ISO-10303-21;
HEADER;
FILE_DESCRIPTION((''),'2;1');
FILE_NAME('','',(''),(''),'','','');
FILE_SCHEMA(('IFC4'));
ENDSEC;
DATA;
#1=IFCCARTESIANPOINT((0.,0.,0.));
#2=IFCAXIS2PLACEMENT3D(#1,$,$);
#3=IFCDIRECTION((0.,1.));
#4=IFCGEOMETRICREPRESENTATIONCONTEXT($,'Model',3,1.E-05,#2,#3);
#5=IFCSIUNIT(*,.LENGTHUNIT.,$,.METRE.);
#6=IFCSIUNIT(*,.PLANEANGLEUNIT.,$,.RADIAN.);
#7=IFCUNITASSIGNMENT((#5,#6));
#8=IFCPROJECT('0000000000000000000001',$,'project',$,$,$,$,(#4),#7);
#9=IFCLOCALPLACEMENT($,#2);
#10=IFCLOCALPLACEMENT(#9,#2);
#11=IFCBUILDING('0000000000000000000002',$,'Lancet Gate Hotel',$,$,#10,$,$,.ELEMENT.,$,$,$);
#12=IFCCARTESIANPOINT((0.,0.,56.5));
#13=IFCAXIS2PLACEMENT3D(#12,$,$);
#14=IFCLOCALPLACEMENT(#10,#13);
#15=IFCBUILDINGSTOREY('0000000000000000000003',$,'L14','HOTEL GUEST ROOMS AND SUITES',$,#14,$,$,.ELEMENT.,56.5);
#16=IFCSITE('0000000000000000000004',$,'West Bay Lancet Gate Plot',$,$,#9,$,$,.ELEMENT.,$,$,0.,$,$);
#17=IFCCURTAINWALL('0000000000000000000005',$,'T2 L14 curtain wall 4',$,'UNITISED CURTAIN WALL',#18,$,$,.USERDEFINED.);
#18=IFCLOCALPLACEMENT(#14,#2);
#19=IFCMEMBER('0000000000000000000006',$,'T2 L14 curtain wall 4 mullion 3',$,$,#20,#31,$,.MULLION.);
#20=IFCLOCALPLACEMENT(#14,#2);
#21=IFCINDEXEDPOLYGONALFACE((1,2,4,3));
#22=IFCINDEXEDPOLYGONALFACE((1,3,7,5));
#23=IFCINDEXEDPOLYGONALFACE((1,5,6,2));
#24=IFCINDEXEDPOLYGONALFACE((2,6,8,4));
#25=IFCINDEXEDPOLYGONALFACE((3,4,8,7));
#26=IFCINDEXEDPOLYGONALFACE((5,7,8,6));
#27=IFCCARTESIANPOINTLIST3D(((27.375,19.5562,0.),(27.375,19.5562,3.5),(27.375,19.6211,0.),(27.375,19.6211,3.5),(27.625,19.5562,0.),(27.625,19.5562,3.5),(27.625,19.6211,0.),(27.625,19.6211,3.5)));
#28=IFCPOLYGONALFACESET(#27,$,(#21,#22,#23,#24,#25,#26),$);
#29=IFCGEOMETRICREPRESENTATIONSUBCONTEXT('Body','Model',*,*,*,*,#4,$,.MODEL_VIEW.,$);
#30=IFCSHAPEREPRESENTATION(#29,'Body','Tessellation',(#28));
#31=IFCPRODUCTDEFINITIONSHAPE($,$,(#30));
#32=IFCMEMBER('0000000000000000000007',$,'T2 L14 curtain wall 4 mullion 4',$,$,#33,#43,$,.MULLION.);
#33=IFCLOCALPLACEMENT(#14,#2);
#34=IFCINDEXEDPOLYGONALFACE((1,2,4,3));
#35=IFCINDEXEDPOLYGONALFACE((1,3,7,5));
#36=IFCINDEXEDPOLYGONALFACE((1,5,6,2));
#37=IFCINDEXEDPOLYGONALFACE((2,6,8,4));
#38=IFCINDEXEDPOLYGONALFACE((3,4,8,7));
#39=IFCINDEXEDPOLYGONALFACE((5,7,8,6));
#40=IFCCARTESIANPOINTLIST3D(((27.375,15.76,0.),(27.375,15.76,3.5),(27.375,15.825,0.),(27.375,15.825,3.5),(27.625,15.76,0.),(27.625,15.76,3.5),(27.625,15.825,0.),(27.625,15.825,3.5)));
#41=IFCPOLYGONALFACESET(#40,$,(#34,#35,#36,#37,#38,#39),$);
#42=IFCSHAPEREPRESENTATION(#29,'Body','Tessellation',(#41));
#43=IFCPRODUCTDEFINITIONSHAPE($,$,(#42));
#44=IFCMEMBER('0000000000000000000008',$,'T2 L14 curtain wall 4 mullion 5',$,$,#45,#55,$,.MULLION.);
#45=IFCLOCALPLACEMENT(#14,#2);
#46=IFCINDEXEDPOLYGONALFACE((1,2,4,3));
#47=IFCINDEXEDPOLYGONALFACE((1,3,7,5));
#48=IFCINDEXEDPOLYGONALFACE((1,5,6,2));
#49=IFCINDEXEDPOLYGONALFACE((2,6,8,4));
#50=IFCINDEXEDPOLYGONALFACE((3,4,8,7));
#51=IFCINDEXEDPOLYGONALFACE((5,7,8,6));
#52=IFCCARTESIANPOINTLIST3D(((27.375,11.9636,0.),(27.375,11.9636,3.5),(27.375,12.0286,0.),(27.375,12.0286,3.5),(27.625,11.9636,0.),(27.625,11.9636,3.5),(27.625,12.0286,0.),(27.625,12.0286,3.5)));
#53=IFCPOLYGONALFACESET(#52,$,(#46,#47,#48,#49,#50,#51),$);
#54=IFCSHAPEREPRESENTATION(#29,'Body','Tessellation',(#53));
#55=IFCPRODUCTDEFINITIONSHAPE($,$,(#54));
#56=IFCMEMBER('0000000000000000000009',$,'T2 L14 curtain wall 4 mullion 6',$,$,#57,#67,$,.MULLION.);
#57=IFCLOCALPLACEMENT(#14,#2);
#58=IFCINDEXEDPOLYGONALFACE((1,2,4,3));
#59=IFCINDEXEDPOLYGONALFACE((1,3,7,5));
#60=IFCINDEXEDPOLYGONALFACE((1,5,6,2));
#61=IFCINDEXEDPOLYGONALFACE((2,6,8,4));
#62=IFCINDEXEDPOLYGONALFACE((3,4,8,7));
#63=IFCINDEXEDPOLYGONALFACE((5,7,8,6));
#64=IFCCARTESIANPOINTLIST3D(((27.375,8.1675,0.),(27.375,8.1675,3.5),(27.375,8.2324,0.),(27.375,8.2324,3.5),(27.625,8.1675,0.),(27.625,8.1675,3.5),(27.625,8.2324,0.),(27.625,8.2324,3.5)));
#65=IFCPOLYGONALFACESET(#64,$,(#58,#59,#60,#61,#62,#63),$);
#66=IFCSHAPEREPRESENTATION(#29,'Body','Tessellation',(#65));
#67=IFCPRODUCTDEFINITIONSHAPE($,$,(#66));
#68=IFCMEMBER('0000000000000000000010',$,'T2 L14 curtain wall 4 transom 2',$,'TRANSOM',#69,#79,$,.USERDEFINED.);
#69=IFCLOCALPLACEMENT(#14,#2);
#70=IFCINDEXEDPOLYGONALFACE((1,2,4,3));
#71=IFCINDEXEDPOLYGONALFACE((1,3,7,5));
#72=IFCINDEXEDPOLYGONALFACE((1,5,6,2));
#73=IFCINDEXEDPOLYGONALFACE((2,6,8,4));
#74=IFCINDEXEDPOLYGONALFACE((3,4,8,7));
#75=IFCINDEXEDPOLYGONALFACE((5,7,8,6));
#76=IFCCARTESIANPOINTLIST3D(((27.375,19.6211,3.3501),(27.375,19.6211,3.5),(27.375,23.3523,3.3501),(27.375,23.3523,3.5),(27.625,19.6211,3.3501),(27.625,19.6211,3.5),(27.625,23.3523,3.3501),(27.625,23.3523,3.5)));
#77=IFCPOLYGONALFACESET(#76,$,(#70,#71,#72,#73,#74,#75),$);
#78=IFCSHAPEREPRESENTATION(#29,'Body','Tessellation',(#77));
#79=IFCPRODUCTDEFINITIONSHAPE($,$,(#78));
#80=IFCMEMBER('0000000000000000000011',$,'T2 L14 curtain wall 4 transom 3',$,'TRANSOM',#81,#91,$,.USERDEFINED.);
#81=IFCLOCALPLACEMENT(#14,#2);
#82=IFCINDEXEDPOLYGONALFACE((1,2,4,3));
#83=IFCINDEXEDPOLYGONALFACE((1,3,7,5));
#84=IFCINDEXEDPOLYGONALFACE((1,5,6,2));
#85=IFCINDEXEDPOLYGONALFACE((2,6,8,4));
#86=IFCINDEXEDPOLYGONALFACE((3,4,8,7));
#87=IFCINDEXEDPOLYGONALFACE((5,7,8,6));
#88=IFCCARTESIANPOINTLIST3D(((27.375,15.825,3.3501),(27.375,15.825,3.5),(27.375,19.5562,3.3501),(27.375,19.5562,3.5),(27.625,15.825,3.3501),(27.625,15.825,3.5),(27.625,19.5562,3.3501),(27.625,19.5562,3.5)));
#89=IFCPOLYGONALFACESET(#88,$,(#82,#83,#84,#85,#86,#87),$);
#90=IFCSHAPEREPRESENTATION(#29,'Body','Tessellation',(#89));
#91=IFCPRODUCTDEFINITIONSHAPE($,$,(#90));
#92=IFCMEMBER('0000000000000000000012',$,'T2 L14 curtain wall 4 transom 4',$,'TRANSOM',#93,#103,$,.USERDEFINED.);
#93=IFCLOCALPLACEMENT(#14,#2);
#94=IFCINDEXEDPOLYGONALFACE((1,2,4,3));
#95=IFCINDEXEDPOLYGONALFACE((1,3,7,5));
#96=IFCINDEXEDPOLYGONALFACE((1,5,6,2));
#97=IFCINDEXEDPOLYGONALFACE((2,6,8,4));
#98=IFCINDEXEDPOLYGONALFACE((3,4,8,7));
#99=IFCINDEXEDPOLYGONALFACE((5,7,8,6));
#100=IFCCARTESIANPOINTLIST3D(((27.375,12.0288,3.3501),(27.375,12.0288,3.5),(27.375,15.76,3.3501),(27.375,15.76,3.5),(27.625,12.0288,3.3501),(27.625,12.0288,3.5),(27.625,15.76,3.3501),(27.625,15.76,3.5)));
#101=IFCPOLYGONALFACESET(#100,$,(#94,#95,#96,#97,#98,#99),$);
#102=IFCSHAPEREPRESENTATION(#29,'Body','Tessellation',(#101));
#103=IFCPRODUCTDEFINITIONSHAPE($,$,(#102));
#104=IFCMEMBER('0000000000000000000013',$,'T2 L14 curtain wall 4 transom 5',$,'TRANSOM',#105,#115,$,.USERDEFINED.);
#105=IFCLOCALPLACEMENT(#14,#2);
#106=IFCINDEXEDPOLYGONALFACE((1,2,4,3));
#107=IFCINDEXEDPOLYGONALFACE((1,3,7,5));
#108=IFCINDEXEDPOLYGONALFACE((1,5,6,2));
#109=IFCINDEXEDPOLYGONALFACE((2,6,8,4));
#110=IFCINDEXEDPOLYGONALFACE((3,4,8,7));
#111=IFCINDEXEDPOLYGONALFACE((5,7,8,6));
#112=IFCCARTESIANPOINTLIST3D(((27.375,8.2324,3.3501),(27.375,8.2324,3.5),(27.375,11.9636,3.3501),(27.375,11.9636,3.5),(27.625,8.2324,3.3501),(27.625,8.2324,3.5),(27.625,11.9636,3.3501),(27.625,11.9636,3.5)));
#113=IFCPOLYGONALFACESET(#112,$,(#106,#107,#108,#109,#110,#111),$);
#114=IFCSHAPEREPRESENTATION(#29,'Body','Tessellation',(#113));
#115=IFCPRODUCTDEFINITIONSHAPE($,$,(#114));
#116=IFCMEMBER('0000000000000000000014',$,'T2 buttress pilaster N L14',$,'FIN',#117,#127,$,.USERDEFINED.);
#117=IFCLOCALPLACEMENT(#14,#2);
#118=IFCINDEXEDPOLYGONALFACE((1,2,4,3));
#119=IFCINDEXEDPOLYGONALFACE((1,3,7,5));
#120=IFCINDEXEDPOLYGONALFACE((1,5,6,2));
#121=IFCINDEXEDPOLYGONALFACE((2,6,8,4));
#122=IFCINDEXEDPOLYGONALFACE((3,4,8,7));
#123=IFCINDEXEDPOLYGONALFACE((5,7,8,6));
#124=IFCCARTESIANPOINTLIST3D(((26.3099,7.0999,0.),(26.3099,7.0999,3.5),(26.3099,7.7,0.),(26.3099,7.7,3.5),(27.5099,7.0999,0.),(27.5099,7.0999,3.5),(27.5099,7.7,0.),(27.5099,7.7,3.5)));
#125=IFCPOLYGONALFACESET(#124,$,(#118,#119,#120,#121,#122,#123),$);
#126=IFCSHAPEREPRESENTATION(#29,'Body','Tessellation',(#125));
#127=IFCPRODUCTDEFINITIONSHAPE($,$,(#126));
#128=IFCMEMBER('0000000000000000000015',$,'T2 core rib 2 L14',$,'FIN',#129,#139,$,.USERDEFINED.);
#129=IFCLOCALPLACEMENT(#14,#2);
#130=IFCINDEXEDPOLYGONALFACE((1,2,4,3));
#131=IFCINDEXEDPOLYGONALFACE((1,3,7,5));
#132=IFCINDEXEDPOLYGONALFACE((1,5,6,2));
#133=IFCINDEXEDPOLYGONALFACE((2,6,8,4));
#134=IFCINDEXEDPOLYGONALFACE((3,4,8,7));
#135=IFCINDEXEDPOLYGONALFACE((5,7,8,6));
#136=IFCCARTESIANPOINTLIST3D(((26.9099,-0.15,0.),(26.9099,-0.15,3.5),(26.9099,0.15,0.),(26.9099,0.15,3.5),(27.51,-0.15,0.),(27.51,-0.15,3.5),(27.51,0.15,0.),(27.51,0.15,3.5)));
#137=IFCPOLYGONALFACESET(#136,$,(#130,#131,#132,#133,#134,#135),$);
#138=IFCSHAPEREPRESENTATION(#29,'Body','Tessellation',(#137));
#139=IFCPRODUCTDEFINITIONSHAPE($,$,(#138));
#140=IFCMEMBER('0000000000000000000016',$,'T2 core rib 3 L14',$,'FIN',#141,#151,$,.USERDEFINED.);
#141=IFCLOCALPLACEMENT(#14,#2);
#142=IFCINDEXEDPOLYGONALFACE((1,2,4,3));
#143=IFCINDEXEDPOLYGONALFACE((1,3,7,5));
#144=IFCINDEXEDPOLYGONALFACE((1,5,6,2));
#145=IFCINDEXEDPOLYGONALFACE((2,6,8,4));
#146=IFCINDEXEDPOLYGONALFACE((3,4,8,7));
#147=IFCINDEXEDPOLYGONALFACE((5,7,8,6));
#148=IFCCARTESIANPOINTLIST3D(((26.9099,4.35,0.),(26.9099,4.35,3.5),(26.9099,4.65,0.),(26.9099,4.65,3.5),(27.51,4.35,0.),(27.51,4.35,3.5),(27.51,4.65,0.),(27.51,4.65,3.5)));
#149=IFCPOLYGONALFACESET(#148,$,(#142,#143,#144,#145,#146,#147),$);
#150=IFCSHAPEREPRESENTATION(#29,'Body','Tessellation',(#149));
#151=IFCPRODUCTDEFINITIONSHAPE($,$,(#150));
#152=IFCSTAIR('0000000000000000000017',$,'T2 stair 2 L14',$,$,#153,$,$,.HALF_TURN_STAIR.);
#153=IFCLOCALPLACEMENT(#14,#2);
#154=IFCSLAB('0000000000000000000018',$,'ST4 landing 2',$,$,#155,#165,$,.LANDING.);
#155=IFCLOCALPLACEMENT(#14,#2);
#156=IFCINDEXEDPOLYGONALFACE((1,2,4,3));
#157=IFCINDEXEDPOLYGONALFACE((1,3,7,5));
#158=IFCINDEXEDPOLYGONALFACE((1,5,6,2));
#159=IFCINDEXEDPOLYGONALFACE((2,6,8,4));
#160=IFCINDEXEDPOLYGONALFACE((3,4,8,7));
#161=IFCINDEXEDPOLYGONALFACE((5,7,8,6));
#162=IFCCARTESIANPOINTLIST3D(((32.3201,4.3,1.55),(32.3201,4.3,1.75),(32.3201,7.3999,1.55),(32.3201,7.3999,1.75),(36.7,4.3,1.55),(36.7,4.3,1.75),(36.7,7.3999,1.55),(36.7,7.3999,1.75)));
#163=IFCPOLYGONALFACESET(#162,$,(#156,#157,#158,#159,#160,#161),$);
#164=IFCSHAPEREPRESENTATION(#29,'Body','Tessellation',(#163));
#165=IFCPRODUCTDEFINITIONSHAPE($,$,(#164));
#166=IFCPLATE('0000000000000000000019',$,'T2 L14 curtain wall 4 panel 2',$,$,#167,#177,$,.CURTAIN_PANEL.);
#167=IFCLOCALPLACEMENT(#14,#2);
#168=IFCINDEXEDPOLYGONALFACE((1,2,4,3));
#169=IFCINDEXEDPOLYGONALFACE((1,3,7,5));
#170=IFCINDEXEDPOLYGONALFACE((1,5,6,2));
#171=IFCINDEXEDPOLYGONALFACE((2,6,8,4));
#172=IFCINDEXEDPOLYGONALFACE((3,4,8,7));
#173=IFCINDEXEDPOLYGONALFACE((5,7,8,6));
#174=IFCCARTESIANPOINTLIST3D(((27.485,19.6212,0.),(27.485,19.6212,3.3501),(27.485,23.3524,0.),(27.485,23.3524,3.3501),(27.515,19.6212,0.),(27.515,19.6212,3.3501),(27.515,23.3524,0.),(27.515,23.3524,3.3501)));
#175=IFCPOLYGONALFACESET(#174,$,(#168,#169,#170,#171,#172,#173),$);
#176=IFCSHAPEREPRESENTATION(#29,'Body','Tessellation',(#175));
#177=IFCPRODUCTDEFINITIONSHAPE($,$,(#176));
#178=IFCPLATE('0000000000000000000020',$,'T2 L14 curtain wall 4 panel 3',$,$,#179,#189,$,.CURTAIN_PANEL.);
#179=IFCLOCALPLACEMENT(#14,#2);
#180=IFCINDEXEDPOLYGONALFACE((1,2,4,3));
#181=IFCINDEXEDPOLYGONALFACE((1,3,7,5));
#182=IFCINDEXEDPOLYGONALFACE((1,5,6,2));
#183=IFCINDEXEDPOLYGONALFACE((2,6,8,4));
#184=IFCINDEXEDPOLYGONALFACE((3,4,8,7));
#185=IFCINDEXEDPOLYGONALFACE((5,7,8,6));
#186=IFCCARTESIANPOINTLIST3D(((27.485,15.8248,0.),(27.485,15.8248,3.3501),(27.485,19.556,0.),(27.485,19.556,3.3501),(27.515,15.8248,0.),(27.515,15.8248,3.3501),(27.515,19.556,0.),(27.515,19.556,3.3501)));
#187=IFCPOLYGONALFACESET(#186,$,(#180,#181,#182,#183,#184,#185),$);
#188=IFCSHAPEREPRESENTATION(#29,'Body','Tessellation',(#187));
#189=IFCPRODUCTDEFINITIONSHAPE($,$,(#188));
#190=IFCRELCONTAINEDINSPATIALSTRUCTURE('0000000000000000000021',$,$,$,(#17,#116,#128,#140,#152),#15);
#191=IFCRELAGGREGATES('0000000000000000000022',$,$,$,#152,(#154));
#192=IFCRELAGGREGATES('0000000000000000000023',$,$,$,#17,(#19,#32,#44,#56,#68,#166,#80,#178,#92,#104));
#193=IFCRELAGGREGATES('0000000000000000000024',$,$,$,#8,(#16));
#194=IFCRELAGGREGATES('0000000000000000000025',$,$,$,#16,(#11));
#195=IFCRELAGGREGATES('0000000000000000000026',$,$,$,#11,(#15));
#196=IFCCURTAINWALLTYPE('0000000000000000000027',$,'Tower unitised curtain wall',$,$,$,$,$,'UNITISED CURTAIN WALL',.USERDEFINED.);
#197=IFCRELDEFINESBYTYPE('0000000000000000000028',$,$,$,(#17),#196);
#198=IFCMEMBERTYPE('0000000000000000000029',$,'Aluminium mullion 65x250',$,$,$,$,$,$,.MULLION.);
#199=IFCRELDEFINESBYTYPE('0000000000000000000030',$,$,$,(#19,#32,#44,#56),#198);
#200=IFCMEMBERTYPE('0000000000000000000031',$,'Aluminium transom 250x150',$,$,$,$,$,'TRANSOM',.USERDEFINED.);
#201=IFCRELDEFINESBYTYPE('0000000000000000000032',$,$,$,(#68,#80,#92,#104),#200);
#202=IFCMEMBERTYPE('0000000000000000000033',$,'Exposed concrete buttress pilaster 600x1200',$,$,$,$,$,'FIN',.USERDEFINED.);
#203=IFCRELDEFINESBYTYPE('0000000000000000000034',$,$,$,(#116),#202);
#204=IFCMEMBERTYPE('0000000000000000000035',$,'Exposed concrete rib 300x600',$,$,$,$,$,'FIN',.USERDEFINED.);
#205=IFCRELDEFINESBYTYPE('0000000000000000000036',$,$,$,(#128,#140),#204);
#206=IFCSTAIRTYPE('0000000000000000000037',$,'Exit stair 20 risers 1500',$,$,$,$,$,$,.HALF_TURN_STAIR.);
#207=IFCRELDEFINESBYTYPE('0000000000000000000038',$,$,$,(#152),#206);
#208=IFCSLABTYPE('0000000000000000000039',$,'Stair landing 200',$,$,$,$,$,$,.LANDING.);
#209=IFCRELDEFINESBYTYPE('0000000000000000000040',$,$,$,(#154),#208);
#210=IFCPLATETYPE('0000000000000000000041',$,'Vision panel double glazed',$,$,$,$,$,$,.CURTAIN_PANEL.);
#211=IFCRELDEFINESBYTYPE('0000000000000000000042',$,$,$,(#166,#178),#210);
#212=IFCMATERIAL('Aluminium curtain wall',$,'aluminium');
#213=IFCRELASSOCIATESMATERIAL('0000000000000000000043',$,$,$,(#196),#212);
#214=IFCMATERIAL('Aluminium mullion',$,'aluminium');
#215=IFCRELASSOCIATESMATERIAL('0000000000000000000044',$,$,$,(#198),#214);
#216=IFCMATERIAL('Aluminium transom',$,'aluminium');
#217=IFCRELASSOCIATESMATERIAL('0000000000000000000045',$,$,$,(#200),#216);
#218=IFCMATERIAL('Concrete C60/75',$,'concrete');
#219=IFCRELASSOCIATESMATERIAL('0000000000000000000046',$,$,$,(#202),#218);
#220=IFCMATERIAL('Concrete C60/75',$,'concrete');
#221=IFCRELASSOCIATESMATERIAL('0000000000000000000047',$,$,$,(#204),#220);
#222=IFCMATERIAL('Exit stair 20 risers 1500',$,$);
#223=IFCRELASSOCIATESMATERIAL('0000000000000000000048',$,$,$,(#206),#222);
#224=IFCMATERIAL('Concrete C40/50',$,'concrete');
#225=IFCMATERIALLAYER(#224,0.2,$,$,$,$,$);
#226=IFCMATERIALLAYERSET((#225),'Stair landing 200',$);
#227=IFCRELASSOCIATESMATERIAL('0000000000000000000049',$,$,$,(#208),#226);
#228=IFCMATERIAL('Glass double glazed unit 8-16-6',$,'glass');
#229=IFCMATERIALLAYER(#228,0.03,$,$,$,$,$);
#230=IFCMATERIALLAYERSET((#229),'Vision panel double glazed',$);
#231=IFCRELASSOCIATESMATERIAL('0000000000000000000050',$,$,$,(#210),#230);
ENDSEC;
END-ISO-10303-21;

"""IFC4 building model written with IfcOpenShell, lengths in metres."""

from ifc_helpers import new_model, si_unit, direction, frame, origin, origin_2d, place, context, subcontext, project, spatial, polyline, rectangle, outline, extrude, material, layer, layer_set, material_profile, profile_set, type_object, element, aggregate, save


model = new_model("IFC4")

# Units and contexts
model_context = context("Model", 3, precision=1e-05, world=origin(), true_north=direction((0.0, 1.0)))
body_context = subcontext(model_context, "Body", "Model", "MODEL_VIEW")
ifc_project = project(units=[si_unit("LENGTHUNIT", "METRE"), si_unit("PLANEANGLEUNIT", "RADIAN")], contexts=[model_context])

# Site, building, storey
site_placement = place(None, origin())
site = spatial("IfcSite", under=ifc_project, at=site_placement, Name="West Bay Lancet Gate Plot", CompositionType="ELEMENT", RefElevation=0.0)
building_placement = place(site_placement, origin())
building = spatial("IfcBuilding", under=site, at=building_placement, Name="Lancet Gate Hotel", CompositionType="ELEMENT")
storey_placement = place(building_placement, frame((0.0, 0.0, 56.5)))
storey = spatial("IfcBuildingStorey", under=building, at=storey_placement, Name="L14", Description="HOTEL GUEST ROOMS AND SUITES", CompositionType="ELEMENT", Elevation=56.5)

# Curtain wall, members
ifc_material_1 = material(Name="Aluminium curtain wall", Category="aluminium")
curtain_wall_type = type_object("IfcCurtainWallType", Name="Tower unitised curtain wall", ElementType="UNITISED CURTAIN WALL", PredefinedType="USERDEFINED", material=ifc_material_1)
curtain_wall_placement = place(storey_placement, origin())
curtain_wall = element("IfcCurtainWall", 1, at=curtain_wall_placement, inside=storey, type_object=curtain_wall_type, Name="T2 L14 curtain wall 4", ObjectType="UNITISED CURTAIN WALL", PredefinedType="USERDEFINED")
ifc_material_2 = material(Name="Aluminium mullion", Category="aluminium")
ifc_material_profile_1 = material_profile(ifc_material_2, rectangle(XDim=0.0649, YDim=0.25, at=origin_2d()), Name="MULLION 65x250")
ifc_profile_set_1 = profile_set([ifc_material_profile_1], Name="Aluminium mullion")
member_type_1 = type_object("IfcMemberType", Name="Aluminium mullion 65x250", PredefinedType="MULLION", material=ifc_profile_set_1)
member_1_placement = place(storey_placement, frame((27.5, 19.5886, 0.0), z_axis=(0.0, 0.0, 1.0), x_axis=(0.0, -1.0, 0.0)))
member_1 = element("IfcMember", 2, at=member_1_placement, type_object=member_type_1, Name="T2 L14 curtain wall 4 mullion 3", PredefinedType="MULLION", context=body_context, shape_type="SweptSolid", body=[
    extrude(rectangle(XDim=0.0649, YDim=0.25, at=origin_2d()), origin(), (0.0, 0.0, 1.0), 3.5),
])
member_2_placement = place(storey_placement, frame((27.5, 15.7925, 0.0), z_axis=(0.0, 0.0, 1.0), x_axis=(0.0, -1.0, 0.0)))
member_2 = element("IfcMember", 3, at=member_2_placement, type_object=member_type_1, Name="T2 L14 curtain wall 4 mullion 4", PredefinedType="MULLION", context=body_context, shape_type="SweptSolid", body=[
    extrude(rectangle(XDim=0.0649, YDim=0.25, at=origin_2d()), origin(), (0.0, 0.0, 1.0), 3.5),
])
member_3_placement = place(storey_placement, frame((27.5, 11.9961, 0.0), z_axis=(0.0, 0.0, 1.0), x_axis=(0.0, -1.0, 0.0)))
member_3 = element("IfcMember", 4, at=member_3_placement, type_object=member_type_1, Name="T2 L14 curtain wall 4 mullion 5", PredefinedType="MULLION", context=body_context, shape_type="SweptSolid", body=[
    extrude(rectangle(XDim=0.0649, YDim=0.25, at=origin_2d()), origin(), (0.0, 0.0, 1.0), 3.5),
])
member_4_placement = place(storey_placement, frame((27.5, 8.2, 0.0), z_axis=(0.0, 0.0, 1.0), x_axis=(0.0, -1.0, 0.0)))
member_4 = element("IfcMember", 5, at=member_4_placement, type_object=member_type_1, Name="T2 L14 curtain wall 4 mullion 6", PredefinedType="MULLION", context=body_context, shape_type="SweptSolid", body=[
    extrude(rectangle(XDim=0.0649, YDim=0.25, at=origin_2d()), origin(), (0.0, 0.0, 1.0), 3.5),
])
ifc_material_3 = material(Name="Aluminium transom", Category="aluminium")
ifc_material_profile_2 = material_profile(ifc_material_3, rectangle(XDim=0.25, YDim=0.1499, at=origin_2d()), Name="TRANSOM 250x150")
ifc_profile_set_2 = profile_set([ifc_material_profile_2], Name="Aluminium transom")
member_type_2 = type_object("IfcMemberType", Name="Aluminium transom 250x150", ElementType="TRANSOM", PredefinedType="USERDEFINED", material=ifc_profile_set_2)
member_5_placement = place(storey_placement, frame((27.5, 23.3523, 3.425), z_axis=(0.0, -1.0, 0.0), x_axis=(1.0, 0.0, 0.0)))
member_5 = element("IfcMember", 6, at=member_5_placement, type_object=member_type_2, Name="T2 L14 curtain wall 4 transom 2", ObjectType="TRANSOM", PredefinedType="USERDEFINED", context=body_context, shape_type="SweptSolid", body=[
    extrude(rectangle(XDim=0.25, YDim=0.1499, at=origin_2d()), origin(), (0.0, 0.0, 1.0), 3.7312),
])
member_6_placement = place(storey_placement, frame((27.5, 19.5562, 3.425), z_axis=(0.0, -1.0, 0.0), x_axis=(1.0, 0.0, 0.0)))
member_6 = element("IfcMember", 7, at=member_6_placement, type_object=member_type_2, Name="T2 L14 curtain wall 4 transom 3", ObjectType="TRANSOM", PredefinedType="USERDEFINED", context=body_context, shape_type="SweptSolid", body=[
    extrude(rectangle(XDim=0.25, YDim=0.1499, at=origin_2d()), origin(), (0.0, 0.0, 1.0), 3.7312),
])
member_7_placement = place(storey_placement, frame((27.5, 15.76, 3.425), z_axis=(0.0, -1.0, 0.0), x_axis=(1.0, 0.0, 0.0)))
member_7 = element("IfcMember", 8, at=member_7_placement, type_object=member_type_2, Name="T2 L14 curtain wall 4 transom 4", ObjectType="TRANSOM", PredefinedType="USERDEFINED", context=body_context, shape_type="SweptSolid", body=[
    extrude(rectangle(XDim=0.25, YDim=0.1499, at=origin_2d()), origin(), (0.0, 0.0, 1.0), 3.7312),
])
member_8_placement = place(storey_placement, frame((27.5, 11.9636, 3.425), z_axis=(0.0, -1.0, 0.0), x_axis=(1.0, 0.0, 0.0)))
member_8 = element("IfcMember", 9, at=member_8_placement, type_object=member_type_2, Name="T2 L14 curtain wall 4 transom 5", ObjectType="TRANSOM", PredefinedType="USERDEFINED", context=body_context, shape_type="SweptSolid", body=[
    extrude(rectangle(XDim=0.25, YDim=0.1499, at=origin_2d()), origin(), (0.0, 0.0, 1.0), 3.7312),
])

# Members
ifc_material_4 = material(Name="Concrete C60/75", Category="concrete")
ifc_material_profile_3 = material_profile(ifc_material_4, rectangle(XDim=0.6001, YDim=1.2, at=origin_2d()), Name="FIN 600x1200")
ifc_profile_set_3 = profile_set([ifc_material_profile_3], Name="Concrete C60/75")
member_type_3 = type_object("IfcMemberType", Name="Exposed concrete buttress pilaster 600x1200", ElementType="FIN", PredefinedType="USERDEFINED", material=ifc_profile_set_3)
member_9_placement = place(storey_placement, frame((26.9099, 7.3999, 0.0), z_axis=(0.0, 0.0, 1.0), x_axis=(0.0, 1.0, 0.0)))
element("IfcMember", 10, at=member_9_placement, inside=storey, type_object=member_type_3, Name="T2 buttress pilaster N L14", ObjectType="FIN", PredefinedType="USERDEFINED", context=body_context, shape_type="SweptSolid", body=[
    extrude(rectangle(XDim=0.6001, YDim=1.2, at=origin_2d()), origin(), (0.0, 0.0, 1.0), 3.5),
])
ifc_material_5 = material(Name="Concrete C60/75", Category="concrete")
ifc_material_profile_4 = material_profile(ifc_material_5, rectangle(XDim=0.3, YDim=0.6001, at=origin_2d()), Name="FIN 300x600")
ifc_profile_set_4 = profile_set([ifc_material_profile_4], Name="Concrete C60/75")
member_type_4 = type_object("IfcMemberType", Name="Exposed concrete rib 300x600", ElementType="FIN", PredefinedType="USERDEFINED", material=ifc_profile_set_4)
for number, where, z_axis, x_axis, name in (
    (11, (27.21, 0.0, 0.0), (0.0, 0.0, 1.0), (0.0, 1.0, 0.0), "T2 core rib 2 L14"),
    (12, (27.21, 4.5, 0.0), (0.0, 0.0, 1.0), (0.0, 1.0, 0.0), "T2 core rib 3 L14"),
):
    element("IfcMember", number, at=place(storey_placement, frame(where, z_axis=z_axis, x_axis=x_axis)), inside=storey, type_object=member_type_4, Name=name, ObjectType="FIN", PredefinedType="USERDEFINED", context=body_context, shape_type="SweptSolid", body=[
        extrude(rectangle(XDim=0.3, YDim=0.6001, at=origin_2d()), origin(), (0.0, 0.0, 1.0), 3.5),
    ])

# Stair, slab
ifc_material_6 = material(Name="Exit stair 20 risers 1500")
stair_type = type_object("IfcStairType", Name="Exit stair 20 risers 1500", PredefinedType="HALF_TURN_STAIR", material=ifc_material_6)
stair_placement = place(storey_placement, origin())
stair = element("IfcStair", 13, at=stair_placement, inside=storey, type_object=stair_type, Name="T2 stair 2 L14", PredefinedType="HALF_TURN_STAIR")
ifc_material_7 = material(Name="Concrete C40/50", Category="concrete")
ifc_layer_1 = layer(ifc_material_7, 0.2)
ifc_layer_set_1 = layer_set([ifc_layer_1], Name="Stair landing 200")
slab_type = type_object("IfcSlabType", Name="Stair landing 200", PredefinedType="LANDING", material=ifc_layer_set_1)
slab_placement = place(storey_placement, frame((0.0, 0.0, 1.55)))
slab = element("IfcSlab", 14, at=slab_placement, type_object=slab_type, Name="ST4 landing 2", PredefinedType="LANDING", context=body_context, shape_type="SweptSolid", body=[
    extrude(outline(polyline([(32.3201, 4.3), (36.7, 4.3), (36.7, 7.3999), (32.3201, 7.3999), (32.3201, 4.3)])), origin(), (0.0, 0.0, 1.0), 0.2),
])
aggregate(stair, [slab])

# Plates
ifc_material_8 = material(Name="Glass double glazed unit 8-16-6", Category="glass")
ifc_layer_2 = layer(ifc_material_8, 0.03)
ifc_layer_set_2 = layer_set([ifc_layer_2], Name="Vision panel double glazed")
plate_type = type_object("IfcPlateType", Name="Vision panel double glazed", PredefinedType="CURTAIN_PANEL", material=ifc_layer_set_2)
plate_1_placement = place(storey_placement, frame((27.5, 21.4868, 0.0), z_axis=(0.0, 0.0, 1.0), x_axis=(0.0, -1.0, 0.0)))
plate_1 = element("IfcPlate", 15, at=plate_1_placement, type_object=plate_type, Name="T2 L14 curtain wall 4 panel 2", PredefinedType="CURTAIN_PANEL", context=body_context, shape_type="SweptSolid", body=[
    extrude(rectangle(XDim=3.7312, YDim=0.03, at=origin_2d()), origin(), (0.0, 0.0, 1.0), 3.3501),
])
plate_2_placement = place(storey_placement, frame((27.5, 17.6904, 0.0), z_axis=(0.0, 0.0, 1.0), x_axis=(0.0, -1.0, 0.0)))
plate_2 = element("IfcPlate", 16, at=plate_2_placement, type_object=plate_type, Name="T2 L14 curtain wall 4 panel 3", PredefinedType="CURTAIN_PANEL", context=body_context, shape_type="SweptSolid", body=[
    extrude(rectangle(XDim=3.7312, YDim=0.03, at=origin_2d()), origin(), (0.0, 0.0, 1.0), 3.3501),
])
aggregate(curtain_wall, [member_1, member_2, member_3, member_4, member_5, plate_1, member_6, plate_2, member_7, member_8])

save(model, "model.ifc")
